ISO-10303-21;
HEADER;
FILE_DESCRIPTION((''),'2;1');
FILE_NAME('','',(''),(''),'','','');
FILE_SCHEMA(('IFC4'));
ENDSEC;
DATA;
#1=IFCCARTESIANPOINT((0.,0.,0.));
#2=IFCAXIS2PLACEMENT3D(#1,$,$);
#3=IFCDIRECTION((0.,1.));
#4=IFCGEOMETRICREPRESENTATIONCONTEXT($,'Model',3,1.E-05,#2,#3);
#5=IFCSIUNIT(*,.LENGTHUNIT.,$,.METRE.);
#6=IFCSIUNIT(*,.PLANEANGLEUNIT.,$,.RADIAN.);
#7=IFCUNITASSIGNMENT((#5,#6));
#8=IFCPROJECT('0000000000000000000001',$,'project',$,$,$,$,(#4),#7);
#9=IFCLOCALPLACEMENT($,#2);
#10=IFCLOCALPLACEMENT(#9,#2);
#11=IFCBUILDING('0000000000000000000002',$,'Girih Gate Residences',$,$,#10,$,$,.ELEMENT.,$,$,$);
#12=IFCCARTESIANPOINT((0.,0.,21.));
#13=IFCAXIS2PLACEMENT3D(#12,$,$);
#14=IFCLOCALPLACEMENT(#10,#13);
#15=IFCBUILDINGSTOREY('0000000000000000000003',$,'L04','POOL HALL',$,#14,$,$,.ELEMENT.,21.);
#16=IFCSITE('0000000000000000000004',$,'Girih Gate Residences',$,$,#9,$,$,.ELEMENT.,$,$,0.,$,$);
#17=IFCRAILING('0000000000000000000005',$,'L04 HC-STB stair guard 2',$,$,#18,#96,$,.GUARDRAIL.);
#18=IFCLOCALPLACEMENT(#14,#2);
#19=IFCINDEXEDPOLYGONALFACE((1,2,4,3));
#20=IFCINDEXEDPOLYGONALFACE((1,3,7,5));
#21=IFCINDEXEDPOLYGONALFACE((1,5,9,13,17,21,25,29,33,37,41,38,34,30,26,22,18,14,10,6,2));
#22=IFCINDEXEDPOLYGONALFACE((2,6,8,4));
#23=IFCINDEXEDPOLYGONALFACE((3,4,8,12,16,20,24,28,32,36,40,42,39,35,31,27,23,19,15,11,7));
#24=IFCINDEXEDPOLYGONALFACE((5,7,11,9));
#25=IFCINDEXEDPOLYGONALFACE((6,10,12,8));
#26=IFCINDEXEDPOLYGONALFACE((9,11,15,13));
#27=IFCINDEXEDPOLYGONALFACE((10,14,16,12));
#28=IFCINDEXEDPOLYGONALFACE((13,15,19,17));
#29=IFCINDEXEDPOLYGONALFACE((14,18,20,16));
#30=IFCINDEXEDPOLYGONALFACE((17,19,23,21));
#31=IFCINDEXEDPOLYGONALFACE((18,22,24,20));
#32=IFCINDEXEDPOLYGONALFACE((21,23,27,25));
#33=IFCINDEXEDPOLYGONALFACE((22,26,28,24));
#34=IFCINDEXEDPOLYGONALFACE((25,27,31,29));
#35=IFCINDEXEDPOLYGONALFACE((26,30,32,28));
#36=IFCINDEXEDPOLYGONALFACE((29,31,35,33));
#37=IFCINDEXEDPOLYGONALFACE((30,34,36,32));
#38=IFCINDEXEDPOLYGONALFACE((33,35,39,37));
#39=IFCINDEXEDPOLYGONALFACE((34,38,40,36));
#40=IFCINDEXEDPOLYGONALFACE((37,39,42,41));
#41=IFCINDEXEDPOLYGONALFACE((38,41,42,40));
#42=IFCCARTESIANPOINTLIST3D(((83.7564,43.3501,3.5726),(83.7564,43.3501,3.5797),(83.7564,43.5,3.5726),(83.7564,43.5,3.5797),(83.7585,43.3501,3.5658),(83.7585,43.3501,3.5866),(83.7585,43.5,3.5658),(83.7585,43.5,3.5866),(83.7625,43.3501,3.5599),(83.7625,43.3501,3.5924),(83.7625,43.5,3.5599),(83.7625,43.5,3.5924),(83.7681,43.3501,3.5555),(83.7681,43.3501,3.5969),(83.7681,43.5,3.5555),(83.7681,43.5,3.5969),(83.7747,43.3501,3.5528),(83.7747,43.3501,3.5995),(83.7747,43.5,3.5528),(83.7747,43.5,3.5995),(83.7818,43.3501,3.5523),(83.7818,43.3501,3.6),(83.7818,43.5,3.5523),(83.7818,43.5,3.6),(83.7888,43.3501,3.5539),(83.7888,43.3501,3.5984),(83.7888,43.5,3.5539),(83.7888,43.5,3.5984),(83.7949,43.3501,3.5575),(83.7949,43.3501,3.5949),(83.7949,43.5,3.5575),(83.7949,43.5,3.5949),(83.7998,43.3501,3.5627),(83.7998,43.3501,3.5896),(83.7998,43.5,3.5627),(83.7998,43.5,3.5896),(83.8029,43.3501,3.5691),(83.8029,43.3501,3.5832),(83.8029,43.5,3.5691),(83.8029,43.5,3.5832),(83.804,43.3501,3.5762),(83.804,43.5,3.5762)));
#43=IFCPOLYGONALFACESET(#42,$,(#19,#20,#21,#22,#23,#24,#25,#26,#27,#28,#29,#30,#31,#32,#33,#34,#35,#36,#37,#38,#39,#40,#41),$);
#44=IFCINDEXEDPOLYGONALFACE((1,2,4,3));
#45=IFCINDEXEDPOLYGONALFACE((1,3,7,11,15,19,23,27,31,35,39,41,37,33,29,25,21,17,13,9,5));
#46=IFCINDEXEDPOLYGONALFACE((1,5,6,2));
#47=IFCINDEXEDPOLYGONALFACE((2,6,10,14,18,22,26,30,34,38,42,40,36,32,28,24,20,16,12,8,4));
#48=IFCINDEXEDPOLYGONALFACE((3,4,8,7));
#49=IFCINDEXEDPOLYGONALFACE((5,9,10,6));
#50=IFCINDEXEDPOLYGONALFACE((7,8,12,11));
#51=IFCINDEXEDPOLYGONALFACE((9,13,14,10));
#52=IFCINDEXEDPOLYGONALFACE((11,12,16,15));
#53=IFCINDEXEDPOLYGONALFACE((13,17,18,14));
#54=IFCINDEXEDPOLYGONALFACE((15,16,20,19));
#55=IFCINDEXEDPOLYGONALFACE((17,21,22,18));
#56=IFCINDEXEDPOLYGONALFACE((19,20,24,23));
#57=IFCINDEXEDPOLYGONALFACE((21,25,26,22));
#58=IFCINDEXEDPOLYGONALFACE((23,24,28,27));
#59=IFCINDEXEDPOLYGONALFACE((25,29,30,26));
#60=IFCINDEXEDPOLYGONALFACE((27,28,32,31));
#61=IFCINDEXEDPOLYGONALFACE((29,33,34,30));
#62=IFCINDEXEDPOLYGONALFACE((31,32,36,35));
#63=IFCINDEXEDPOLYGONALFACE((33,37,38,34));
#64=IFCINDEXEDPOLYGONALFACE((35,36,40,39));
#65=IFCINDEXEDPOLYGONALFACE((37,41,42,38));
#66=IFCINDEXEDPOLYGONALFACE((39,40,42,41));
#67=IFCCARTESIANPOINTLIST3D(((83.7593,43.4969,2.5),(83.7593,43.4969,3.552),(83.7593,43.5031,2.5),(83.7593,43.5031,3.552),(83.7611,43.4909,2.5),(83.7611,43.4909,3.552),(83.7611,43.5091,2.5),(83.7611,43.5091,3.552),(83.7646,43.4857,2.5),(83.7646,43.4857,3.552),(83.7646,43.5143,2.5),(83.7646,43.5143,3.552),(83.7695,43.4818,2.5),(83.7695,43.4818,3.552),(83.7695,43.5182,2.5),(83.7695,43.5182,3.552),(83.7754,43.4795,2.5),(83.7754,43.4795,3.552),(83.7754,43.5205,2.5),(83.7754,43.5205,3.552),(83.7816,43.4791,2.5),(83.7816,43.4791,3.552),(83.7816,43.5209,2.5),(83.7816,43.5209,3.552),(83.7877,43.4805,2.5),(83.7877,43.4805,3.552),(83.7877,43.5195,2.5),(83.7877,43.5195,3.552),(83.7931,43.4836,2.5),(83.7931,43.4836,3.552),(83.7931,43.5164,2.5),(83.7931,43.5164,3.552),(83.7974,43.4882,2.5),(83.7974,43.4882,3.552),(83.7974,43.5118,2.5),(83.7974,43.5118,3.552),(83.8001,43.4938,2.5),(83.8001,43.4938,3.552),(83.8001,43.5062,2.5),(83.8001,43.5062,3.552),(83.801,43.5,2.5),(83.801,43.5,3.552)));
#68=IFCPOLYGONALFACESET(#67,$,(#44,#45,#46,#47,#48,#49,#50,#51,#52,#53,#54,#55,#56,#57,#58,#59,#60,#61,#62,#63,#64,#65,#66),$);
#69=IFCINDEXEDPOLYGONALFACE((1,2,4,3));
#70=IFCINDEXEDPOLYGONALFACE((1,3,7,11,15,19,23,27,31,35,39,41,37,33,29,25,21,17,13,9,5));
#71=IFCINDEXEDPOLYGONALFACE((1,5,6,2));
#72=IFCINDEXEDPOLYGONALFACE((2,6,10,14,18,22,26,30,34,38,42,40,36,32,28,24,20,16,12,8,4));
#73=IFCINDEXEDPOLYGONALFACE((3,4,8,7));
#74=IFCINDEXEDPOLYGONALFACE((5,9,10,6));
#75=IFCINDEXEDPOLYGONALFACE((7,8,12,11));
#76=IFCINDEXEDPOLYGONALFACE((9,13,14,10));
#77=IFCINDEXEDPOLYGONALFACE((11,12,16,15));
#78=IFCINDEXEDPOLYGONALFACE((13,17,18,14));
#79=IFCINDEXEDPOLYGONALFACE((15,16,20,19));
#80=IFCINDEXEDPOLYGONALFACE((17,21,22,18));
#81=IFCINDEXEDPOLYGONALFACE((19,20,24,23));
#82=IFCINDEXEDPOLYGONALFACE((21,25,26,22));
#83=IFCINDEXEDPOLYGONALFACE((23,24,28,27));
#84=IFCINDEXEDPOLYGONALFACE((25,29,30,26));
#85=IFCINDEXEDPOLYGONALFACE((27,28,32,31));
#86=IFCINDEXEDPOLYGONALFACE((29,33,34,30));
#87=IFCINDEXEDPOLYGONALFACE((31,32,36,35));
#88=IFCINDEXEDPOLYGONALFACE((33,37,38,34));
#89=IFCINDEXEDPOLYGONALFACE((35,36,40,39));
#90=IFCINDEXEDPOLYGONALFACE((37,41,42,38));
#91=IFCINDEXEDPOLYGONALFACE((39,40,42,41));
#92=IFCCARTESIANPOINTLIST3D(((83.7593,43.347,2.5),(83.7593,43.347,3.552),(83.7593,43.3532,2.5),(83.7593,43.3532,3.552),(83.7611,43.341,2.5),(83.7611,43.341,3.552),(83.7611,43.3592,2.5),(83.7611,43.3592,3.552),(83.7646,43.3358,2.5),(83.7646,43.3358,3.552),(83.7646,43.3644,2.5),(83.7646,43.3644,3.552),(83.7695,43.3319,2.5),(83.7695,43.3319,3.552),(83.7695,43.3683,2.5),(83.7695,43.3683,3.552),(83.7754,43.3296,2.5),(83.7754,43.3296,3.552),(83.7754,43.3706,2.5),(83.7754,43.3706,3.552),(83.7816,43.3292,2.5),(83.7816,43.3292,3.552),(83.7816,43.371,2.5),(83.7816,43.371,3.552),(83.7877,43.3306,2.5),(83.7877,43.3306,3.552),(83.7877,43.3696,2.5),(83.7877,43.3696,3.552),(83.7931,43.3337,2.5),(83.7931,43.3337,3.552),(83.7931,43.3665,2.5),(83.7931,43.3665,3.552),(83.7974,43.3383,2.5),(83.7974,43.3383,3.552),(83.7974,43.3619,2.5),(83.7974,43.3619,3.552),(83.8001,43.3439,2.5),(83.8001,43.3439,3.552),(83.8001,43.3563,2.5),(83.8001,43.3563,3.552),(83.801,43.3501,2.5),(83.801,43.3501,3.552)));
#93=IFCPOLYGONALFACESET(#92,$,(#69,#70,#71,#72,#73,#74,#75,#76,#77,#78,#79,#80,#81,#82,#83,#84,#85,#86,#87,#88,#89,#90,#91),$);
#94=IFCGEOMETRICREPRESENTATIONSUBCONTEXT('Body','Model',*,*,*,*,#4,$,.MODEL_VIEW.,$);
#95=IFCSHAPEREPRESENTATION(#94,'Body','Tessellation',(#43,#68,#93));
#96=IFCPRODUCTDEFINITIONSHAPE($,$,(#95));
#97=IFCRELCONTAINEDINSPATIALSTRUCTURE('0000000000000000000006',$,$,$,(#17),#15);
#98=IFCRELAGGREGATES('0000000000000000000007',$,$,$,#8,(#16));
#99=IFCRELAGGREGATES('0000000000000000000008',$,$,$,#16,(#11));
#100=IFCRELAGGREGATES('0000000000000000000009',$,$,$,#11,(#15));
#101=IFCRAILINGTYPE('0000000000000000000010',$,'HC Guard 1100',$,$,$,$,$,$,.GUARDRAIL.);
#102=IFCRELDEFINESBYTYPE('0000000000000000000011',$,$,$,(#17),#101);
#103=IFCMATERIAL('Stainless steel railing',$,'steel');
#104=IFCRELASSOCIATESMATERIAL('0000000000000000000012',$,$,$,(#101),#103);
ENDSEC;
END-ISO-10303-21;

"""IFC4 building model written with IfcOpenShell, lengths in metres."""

from ifc_helpers import new_model, si_unit, direction, frame, origin, origin_2d, place, context, subcontext, project, spatial, circle, extrude, material, type_object, element, save


model = new_model("IFC4")

# Units and contexts
model_context = context("Model", 3, precision=1e-05, world=origin(), true_north=direction((0.0, 1.0)))
body_context = subcontext(model_context, "Body", "Model", "MODEL_VIEW")
ifc_project = project(units=[si_unit("LENGTHUNIT", "METRE"), si_unit("PLANEANGLEUNIT", "RADIAN")], contexts=[model_context])

# Site, building, storey
site_placement = place(None, origin())
site = spatial("IfcSite", under=ifc_project, at=site_placement, Name="Girih Gate Residences", CompositionType="ELEMENT", RefElevation=0.0)
building_placement = place(site_placement, origin())
building = spatial("IfcBuilding", under=site, at=building_placement, Name="Girih Gate Residences", CompositionType="ELEMENT")
storey_placement = place(building_placement, frame((0.0, 0.0, 21.0)))
storey = spatial("IfcBuildingStorey", under=building, at=storey_placement, Name="L04", Description="POOL HALL", CompositionType="ELEMENT", Elevation=21.0)

# Railing
ifc_material_1 = material(Name="Stainless steel railing", Category="steel")
railing_type_1 = type_object("IfcRailingType", Name="HC Guard 1100", PredefinedType="GUARDRAIL", material=ifc_material_1)
railing_1_placement = place(storey_placement, frame((83.78, 43.5, 2.5)))
element("IfcRailing", 1, at=railing_1_placement, inside=storey, type_object=railing_type_1, Name="L04 HC-STB stair guard 2", PredefinedType="GUARDRAIL", context=body_context, shape_type="SweptSolid", body=[
    extrude(circle(Radius=0.0239, at=origin_2d()), frame((0.0, 0.0, 1.0762), z_axis=(0.0, -1.0, 0.0), x_axis=(1.0, 0.0, 0.0)), (0.0, 0.0, 1.0), 0.1499),
    extrude(circle(Radius=0.021, at=origin_2d()), origin(), (0.0, 0.0, 1.0), 1.052),
    extrude(circle(Radius=0.021, at=origin_2d()), frame((0.0, -0.1499, 0.0)), (0.0, 0.0, 1.0), 1.052),
])

save(model, "model.ifc")
